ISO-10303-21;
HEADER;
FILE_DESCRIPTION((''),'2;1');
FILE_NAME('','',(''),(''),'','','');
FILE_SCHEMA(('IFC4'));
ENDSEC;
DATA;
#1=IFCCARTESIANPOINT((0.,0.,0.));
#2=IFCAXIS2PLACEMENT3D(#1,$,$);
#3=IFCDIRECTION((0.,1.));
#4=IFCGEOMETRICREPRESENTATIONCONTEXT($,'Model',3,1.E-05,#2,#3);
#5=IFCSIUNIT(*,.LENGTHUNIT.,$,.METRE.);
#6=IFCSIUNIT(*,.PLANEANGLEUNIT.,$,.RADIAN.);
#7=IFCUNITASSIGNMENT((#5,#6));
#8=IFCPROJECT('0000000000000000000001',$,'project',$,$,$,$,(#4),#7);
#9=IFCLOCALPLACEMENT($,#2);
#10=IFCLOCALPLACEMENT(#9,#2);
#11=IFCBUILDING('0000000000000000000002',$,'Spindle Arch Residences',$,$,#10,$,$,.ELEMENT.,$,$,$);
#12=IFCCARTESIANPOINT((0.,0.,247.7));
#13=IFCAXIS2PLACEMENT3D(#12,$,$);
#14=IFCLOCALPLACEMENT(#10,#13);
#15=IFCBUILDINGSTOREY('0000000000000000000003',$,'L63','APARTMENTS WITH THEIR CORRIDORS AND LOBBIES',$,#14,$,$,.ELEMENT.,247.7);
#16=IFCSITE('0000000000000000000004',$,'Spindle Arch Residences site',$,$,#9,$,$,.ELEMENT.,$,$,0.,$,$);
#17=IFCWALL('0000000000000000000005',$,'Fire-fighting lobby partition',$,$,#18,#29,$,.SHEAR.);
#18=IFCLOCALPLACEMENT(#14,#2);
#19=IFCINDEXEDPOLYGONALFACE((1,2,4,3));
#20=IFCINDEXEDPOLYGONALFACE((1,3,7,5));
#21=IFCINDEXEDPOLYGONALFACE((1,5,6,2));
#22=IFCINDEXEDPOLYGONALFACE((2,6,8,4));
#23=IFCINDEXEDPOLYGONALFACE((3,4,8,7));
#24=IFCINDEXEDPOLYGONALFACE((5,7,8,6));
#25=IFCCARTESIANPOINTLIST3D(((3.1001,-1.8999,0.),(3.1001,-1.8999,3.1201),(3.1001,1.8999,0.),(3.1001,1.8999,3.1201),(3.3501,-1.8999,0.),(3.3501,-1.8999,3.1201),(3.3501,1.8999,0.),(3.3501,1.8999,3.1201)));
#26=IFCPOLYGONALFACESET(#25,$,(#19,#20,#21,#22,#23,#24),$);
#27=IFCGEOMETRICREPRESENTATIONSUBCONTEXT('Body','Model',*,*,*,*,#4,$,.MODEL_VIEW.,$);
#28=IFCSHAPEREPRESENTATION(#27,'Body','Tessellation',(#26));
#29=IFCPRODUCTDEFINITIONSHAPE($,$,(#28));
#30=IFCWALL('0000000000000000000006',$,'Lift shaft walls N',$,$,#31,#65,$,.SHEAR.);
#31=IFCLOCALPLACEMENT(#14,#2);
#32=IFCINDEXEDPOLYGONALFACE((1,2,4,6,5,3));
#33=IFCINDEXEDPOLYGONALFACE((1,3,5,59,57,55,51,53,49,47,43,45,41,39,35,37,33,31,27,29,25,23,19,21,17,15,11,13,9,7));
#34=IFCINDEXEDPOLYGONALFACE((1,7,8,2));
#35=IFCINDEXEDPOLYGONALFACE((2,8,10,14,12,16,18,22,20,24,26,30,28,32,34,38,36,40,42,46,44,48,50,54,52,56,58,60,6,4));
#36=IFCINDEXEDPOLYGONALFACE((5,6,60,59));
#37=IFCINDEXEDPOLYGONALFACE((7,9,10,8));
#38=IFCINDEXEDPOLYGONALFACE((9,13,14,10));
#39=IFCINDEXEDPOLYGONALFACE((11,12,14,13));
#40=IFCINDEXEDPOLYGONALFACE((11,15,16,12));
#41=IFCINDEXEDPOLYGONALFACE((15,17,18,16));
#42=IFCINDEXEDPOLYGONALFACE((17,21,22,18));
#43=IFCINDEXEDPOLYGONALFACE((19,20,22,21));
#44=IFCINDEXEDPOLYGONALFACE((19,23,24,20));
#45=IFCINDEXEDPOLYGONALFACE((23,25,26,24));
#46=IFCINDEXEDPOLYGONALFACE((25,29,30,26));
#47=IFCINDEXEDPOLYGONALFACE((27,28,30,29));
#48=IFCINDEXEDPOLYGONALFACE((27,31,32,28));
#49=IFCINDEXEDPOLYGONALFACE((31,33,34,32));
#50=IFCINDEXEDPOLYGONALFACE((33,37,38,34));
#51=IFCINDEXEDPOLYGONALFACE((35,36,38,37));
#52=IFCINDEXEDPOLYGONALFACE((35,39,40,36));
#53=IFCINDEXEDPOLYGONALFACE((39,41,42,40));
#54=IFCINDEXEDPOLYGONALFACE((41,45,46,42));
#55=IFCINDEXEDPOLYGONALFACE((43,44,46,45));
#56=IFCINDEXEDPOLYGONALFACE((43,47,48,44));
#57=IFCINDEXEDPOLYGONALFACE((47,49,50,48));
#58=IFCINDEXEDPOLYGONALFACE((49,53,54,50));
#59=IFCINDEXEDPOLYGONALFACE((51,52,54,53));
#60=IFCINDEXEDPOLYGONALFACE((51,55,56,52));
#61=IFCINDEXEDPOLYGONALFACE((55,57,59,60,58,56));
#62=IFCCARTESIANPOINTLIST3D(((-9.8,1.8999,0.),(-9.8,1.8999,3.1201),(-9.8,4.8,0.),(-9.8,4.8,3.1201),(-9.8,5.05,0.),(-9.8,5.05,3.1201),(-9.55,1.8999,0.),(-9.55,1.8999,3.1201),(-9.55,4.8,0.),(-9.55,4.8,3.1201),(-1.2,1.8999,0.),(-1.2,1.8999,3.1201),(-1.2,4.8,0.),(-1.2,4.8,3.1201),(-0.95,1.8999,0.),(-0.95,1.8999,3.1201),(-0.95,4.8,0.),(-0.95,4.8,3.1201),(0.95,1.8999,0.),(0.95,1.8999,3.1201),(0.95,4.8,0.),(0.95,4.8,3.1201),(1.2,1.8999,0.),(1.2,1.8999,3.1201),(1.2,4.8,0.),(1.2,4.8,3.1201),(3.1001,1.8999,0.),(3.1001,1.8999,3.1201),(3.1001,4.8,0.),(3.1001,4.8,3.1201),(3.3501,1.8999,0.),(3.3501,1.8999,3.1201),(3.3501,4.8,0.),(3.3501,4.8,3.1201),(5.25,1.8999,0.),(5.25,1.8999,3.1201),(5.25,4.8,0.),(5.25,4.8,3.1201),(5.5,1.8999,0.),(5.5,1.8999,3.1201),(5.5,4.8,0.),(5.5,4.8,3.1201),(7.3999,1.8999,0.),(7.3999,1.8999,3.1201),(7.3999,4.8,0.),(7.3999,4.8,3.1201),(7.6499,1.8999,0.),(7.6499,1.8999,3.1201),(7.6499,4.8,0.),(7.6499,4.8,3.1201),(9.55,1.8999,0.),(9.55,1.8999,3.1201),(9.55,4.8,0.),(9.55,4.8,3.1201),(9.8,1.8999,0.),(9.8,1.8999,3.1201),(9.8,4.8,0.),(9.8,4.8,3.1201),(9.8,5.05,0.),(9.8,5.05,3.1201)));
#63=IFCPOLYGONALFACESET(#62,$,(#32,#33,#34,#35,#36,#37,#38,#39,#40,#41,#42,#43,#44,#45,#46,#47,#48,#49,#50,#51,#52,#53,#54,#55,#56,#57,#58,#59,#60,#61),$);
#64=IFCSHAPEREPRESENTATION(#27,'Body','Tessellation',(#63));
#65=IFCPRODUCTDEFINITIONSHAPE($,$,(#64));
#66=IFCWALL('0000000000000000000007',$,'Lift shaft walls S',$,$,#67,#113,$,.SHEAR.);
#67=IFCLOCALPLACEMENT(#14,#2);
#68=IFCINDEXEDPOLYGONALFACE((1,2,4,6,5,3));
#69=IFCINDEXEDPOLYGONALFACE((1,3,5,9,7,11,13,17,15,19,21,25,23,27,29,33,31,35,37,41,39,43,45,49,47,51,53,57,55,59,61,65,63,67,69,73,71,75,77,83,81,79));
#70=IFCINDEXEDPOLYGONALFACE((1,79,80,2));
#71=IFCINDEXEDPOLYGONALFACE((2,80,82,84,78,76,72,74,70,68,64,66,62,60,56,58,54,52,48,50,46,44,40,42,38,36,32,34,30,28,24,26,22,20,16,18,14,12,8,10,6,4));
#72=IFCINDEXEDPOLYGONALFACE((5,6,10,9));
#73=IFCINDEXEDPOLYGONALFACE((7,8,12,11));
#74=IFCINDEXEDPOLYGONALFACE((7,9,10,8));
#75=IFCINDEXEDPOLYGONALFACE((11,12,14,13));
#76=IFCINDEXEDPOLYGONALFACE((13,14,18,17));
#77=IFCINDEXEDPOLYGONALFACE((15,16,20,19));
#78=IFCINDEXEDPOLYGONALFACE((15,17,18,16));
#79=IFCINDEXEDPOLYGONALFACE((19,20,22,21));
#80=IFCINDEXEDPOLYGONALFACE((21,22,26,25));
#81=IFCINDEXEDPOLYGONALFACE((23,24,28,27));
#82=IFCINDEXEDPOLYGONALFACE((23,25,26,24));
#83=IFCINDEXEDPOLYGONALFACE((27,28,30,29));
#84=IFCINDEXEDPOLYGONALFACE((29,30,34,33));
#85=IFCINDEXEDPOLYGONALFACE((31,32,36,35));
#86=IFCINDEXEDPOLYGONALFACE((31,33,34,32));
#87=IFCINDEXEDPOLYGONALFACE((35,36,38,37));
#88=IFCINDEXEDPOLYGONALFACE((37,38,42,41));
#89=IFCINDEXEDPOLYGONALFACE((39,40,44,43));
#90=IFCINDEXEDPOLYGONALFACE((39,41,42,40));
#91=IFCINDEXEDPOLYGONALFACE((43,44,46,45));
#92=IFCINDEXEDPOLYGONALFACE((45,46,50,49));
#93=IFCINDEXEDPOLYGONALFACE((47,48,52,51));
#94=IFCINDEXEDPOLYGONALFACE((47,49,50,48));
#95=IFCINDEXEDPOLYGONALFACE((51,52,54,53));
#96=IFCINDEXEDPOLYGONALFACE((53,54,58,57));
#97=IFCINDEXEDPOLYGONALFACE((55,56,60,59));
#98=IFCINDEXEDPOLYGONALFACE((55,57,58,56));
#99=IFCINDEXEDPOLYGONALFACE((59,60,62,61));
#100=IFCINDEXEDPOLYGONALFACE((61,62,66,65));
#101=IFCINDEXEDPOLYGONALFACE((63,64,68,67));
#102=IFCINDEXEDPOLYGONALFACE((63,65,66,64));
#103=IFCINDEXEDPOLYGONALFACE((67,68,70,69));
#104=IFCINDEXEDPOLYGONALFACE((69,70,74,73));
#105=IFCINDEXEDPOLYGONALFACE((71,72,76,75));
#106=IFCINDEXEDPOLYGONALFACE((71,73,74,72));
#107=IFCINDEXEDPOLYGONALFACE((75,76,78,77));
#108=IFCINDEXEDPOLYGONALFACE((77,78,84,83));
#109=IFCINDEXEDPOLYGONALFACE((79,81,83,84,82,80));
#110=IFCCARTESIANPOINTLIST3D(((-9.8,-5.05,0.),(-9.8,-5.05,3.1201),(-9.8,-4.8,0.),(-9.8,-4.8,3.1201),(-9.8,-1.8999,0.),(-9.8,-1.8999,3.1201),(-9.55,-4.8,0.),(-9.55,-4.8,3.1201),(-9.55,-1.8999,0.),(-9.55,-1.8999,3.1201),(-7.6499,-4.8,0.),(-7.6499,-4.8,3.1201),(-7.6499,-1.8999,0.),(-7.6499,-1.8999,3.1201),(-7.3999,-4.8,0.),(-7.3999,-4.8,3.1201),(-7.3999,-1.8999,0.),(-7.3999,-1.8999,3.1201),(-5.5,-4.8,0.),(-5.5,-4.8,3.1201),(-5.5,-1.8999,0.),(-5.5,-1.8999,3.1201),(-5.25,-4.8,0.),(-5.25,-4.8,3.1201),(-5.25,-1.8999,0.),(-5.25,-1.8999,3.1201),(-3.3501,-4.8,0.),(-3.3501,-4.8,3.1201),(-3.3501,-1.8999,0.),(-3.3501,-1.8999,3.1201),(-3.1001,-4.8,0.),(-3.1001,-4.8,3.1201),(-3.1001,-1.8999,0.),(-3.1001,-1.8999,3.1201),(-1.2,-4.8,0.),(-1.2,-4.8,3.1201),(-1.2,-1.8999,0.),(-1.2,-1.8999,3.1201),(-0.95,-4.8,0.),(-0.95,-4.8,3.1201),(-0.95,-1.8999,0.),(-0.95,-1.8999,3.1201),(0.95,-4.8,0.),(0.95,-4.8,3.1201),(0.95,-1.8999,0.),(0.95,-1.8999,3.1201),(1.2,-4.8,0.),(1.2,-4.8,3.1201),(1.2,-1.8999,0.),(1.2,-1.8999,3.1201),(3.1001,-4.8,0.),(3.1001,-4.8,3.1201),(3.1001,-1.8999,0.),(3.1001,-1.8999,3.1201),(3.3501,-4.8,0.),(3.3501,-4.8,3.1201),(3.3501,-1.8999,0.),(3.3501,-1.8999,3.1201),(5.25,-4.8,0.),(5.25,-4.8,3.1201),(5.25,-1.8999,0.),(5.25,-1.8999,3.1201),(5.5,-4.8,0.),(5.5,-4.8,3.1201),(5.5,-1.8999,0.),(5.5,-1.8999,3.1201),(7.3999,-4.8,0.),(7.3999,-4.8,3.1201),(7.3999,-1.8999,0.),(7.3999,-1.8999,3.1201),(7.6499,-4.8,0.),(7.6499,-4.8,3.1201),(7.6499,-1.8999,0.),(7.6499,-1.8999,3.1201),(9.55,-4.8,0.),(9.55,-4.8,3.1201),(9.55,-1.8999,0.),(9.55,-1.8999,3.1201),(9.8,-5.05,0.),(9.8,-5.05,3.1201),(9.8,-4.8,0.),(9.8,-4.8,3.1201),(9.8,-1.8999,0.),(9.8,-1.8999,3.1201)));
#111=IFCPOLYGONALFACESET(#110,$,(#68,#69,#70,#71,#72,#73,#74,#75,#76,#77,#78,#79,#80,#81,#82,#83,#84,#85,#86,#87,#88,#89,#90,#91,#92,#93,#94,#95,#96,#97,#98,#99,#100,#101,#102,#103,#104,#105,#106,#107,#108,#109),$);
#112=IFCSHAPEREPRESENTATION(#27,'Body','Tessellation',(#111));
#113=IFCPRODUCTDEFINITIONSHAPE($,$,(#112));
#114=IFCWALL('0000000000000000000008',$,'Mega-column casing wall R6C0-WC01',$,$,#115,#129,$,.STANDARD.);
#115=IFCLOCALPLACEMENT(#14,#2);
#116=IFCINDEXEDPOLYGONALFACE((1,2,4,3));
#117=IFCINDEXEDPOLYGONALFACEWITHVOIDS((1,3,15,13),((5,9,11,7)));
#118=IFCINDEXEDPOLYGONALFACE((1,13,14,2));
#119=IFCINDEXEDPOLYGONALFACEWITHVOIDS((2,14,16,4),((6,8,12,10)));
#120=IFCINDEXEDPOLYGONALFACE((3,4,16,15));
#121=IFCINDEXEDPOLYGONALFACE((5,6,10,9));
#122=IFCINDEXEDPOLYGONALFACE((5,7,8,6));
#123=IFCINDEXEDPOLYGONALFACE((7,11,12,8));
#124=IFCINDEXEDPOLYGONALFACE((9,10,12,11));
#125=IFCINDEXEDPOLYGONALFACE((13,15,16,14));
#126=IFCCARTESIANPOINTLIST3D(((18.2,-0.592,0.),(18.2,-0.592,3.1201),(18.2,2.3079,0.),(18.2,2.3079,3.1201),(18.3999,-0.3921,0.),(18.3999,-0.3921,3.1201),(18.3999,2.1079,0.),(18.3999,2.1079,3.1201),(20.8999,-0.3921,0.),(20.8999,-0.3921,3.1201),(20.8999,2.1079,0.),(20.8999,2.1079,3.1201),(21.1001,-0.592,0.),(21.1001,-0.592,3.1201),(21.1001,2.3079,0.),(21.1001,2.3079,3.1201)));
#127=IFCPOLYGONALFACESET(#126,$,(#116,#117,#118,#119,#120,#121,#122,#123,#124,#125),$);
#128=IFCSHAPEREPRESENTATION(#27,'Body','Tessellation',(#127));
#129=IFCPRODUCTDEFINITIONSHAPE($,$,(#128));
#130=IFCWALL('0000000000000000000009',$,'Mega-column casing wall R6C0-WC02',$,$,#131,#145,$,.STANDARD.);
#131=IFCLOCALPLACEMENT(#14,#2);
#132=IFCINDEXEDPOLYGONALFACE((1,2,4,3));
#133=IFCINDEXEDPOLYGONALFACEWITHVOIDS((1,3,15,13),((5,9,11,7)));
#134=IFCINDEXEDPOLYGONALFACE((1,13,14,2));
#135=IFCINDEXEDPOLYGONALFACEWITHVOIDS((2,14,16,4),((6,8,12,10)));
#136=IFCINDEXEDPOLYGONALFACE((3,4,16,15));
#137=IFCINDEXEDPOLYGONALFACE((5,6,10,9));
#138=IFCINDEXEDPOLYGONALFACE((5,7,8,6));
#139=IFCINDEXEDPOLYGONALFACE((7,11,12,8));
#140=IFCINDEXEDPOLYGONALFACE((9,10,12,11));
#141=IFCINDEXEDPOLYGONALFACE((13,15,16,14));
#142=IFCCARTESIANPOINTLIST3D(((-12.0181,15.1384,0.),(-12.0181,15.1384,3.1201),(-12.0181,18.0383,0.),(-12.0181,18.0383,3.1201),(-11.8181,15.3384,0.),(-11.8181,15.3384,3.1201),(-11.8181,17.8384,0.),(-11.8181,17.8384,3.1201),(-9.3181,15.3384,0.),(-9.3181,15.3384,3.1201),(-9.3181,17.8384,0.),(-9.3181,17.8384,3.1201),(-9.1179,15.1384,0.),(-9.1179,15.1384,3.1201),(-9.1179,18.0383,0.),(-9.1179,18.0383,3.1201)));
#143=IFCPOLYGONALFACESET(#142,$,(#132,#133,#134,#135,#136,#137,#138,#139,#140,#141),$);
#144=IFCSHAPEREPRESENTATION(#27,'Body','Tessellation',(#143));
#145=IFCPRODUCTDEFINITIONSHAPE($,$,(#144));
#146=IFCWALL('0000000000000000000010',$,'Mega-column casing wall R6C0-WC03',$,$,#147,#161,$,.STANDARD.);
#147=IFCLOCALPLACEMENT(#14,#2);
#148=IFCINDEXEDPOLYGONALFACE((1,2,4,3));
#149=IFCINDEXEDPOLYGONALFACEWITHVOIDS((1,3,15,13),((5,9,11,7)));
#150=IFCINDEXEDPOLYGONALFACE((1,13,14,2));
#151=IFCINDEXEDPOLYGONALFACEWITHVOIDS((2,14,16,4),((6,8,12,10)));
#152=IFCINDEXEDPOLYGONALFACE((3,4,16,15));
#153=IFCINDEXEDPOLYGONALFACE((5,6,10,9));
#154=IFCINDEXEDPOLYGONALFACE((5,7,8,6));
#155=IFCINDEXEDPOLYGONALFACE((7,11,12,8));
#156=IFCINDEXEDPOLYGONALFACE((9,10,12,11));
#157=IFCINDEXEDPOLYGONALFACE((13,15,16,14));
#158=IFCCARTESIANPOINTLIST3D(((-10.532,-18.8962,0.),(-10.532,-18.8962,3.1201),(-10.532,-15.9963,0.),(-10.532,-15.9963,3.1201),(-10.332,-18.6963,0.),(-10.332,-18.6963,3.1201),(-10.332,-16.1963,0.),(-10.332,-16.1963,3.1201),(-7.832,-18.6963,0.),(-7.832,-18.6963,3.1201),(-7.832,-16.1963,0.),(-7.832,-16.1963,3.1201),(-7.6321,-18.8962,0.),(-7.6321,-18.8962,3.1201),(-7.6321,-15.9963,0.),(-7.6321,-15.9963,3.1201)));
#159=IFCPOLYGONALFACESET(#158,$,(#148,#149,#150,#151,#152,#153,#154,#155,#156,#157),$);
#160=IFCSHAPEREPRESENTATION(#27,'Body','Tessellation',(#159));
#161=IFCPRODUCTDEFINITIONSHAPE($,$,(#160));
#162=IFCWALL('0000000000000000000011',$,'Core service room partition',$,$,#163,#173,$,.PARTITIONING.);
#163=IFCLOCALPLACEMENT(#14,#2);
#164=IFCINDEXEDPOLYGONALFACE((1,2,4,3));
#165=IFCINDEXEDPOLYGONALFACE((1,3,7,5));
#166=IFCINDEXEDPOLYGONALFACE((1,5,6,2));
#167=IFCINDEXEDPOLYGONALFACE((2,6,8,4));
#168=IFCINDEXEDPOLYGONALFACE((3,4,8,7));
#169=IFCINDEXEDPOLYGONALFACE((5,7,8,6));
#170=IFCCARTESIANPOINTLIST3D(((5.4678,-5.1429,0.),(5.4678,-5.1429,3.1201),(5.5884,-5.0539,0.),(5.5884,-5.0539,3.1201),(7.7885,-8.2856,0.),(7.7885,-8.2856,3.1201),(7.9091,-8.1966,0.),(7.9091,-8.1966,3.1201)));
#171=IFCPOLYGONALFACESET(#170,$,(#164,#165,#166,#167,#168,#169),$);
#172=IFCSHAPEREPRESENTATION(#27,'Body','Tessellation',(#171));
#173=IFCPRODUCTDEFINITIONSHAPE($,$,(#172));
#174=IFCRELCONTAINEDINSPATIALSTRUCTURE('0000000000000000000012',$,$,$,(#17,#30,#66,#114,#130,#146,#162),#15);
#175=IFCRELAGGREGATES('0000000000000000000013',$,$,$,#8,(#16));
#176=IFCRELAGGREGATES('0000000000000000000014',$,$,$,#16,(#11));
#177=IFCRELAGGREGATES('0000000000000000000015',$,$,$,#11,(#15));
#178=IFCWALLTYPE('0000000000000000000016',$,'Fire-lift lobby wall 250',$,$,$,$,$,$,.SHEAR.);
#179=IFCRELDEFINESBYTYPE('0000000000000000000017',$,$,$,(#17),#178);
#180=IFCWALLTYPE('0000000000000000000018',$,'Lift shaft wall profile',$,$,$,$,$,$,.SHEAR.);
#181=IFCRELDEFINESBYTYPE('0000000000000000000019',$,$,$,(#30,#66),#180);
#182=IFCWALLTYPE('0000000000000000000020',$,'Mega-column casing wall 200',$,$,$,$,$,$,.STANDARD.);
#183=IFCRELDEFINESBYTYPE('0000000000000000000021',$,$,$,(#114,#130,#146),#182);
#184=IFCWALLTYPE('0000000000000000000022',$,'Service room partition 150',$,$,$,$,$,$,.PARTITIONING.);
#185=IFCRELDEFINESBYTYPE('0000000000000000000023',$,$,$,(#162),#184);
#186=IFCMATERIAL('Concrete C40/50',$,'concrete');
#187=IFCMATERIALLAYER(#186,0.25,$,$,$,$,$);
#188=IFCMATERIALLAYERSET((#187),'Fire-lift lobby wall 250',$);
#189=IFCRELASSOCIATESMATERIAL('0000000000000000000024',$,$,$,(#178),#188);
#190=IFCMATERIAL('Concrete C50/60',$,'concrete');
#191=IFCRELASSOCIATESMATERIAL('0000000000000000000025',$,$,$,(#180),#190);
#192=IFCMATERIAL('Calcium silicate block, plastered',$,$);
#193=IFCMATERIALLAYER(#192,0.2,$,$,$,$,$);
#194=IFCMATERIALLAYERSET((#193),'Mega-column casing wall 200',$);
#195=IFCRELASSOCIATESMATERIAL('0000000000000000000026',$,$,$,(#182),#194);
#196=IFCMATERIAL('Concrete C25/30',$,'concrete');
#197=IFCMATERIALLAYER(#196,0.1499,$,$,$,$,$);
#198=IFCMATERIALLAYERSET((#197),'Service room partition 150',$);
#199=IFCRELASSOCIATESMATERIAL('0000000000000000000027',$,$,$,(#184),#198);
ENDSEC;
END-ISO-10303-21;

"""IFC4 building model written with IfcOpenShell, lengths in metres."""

from ifc_helpers import new_model, si_unit, direction, frame, frame_2d, origin, place, context, subcontext, project, spatial, polyline, rectangle, outline, extrude, material, layer, layer_set, type_object, element, save


model = new_model("IFC4")

# Units and contexts
model_context = context("Model", 3, precision=1e-05, world=origin(), true_north=direction((0.0, 1.0)))
body_context = subcontext(model_context, "Body", "Model", "MODEL_VIEW")
ifc_project = project(units=[si_unit("LENGTHUNIT", "METRE"), si_unit("PLANEANGLEUNIT", "RADIAN")], contexts=[model_context])

# Site, building, storey
site_placement = place(None, origin())
site = spatial("IfcSite", under=ifc_project, at=site_placement, Name="Spindle Arch Residences site", CompositionType="ELEMENT", RefElevation=0.0)
building_placement = place(site_placement, origin())
building = spatial("IfcBuilding", under=site, at=building_placement, Name="Spindle Arch Residences", CompositionType="ELEMENT")
storey_placement = place(building_placement, frame((0.0, 0.0, 247.7)))
storey = spatial("IfcBuildingStorey", under=building, at=storey_placement, Name="L63", Description="APARTMENTS WITH THEIR CORRIDORS AND LOBBIES", CompositionType="ELEMENT", Elevation=247.7)

# Wall
ifc_material_1 = material(Name="Concrete C40/50", Category="concrete")
ifc_layer_1 = layer(ifc_material_1, 0.25)
ifc_layer_set_1 = layer_set([ifc_layer_1], Name="Fire-lift lobby wall 250")
wall_type_1 = type_object("IfcWallType", Name="Fire-lift lobby wall 250", PredefinedType="SHEAR", material=ifc_layer_set_1)
wall_1_placement = place(storey_placement, frame((3.2251, -1.8999, 0.0), z_axis=(0.0, 0.0, 1.0), x_axis=(0.0, 1.0, 0.0)))
element("IfcWall", 1, at=wall_1_placement, inside=storey, type_object=wall_type_1, Name="Fire-fighting lobby partition", PredefinedType="SHEAR", context=body_context, shape_type="SweptSolid", body=[
    extrude(rectangle(XDim=3.7998, YDim=0.25, at=frame_2d((1.8999, 0.0))), origin(), (0.0, 0.0, 1.0), 3.1201),
])

# Walls
ifc_material_2 = material(Name="Concrete C50/60", Category="concrete")
wall_type_2 = type_object("IfcWallType", Name="Lift shaft wall profile", PredefinedType="SHEAR", material=ifc_material_2)
wall_2_placement = place(storey_placement, origin())
element("IfcWall", 2, at=wall_2_placement, inside=storey, type_object=wall_type_2, Name="Lift shaft walls N", PredefinedType="SHEAR", context=body_context, shape_type="SweptSolid", body=[
    extrude(outline(polyline([(-9.55, 4.8), (-1.2, 4.8), (-1.2, 1.8999), (-0.95, 1.8999), (-0.95, 4.8), (0.95, 4.8), (0.95, 1.8999), (1.2, 1.8999), (1.2, 4.8), (3.1001, 4.8), (3.1001, 1.8999), (3.3501, 1.8999), (3.3501, 4.8), (5.25, 4.8), (5.25, 1.8999), (5.5, 1.8999), (5.5, 4.8), (7.3999, 4.8), (7.3999, 1.8999), (7.6499, 1.8999), (7.6499, 4.8), (9.55, 4.8), (9.55, 1.8999), (9.8, 1.8999), (9.8, 4.8), (9.8, 5.05), (-9.8, 5.05), (-9.8, 4.8), (-9.8, 1.8999), (-9.55, 1.8999), (-9.55, 4.8)])), origin(), (0.0, 0.0, 1.0), 3.1201),
])
wall_3_placement = place(storey_placement, origin())
element("IfcWall", 3, at=wall_3_placement, inside=storey, type_object=wall_type_2, Name="Lift shaft walls S", PredefinedType="SHEAR", context=body_context, shape_type="SweptSolid", body=[
    extrude(outline(polyline([(9.8, -5.05), (9.8, -4.8), (9.8, -1.8999), (9.55, -1.8999), (9.55, -4.8), (7.6499, -4.8), (7.6499, -1.8999), (7.3999, -1.8999), (7.3999, -4.8), (5.5, -4.8), (5.5, -1.8999), (5.25, -1.8999), (5.25, -4.8), (3.3501, -4.8), (3.3501, -1.8999), (3.1001, -1.8999), (3.1001, -4.8), (1.2, -4.8), (1.2, -1.8999), (0.95, -1.8999), (0.95, -4.8), (-0.95, -4.8), (-0.95, -1.8999), (-1.2, -1.8999), (-1.2, -4.8), (-3.1001, -4.8), (-3.1001, -1.8999), (-3.3501, -1.8999), (-3.3501, -4.8), (-5.25, -4.8), (-5.25, -1.8999), (-5.5, -1.8999), (-5.5, -4.8), (-7.3999, -4.8), (-7.3999, -1.8999), (-7.6499, -1.8999), (-7.6499, -4.8), (-9.55, -4.8), (-9.55, -1.8999), (-9.8, -1.8999), (-9.8, -4.8), (-9.8, -5.05), (9.8, -5.05)])), origin(), (0.0, 0.0, 1.0), 3.1201),
])
ifc_material_3 = material(Name="Calcium silicate block, plastered")
ifc_layer_2 = layer(ifc_material_3, 0.2)
ifc_layer_set_2 = layer_set([ifc_layer_2], Name="Mega-column casing wall 200")
wall_type_3 = type_object("IfcWallType", Name="Mega-column casing wall 200", PredefinedType="STANDARD", material=ifc_layer_set_2)
wall_4_placement = place(storey_placement, origin())
element("IfcWall", 4, at=wall_4_placement, inside=storey, type_object=wall_type_3, Name="Mega-column casing wall R6C0-WC01", PredefinedType="STANDARD", context=body_context, shape_type="SweptSolid", body=[
    extrude(outline(polyline([(21.1001, 2.3079), (21.1001, -0.592), (18.2, -0.592), (18.2, 2.3079), (21.1001, 2.3079)]), holes=[polyline([(18.3999, -0.3921), (20.8999, -0.3921), (20.8999, 2.1079), (18.3999, 2.1079), (18.3999, -0.3921)])]), origin(), (0.0, 0.0, 1.0), 3.1201),
])
wall_5_placement = place(storey_placement, origin())
element("IfcWall", 5, at=wall_5_placement, inside=storey, type_object=wall_type_3, Name="Mega-column casing wall R6C0-WC02", PredefinedType="STANDARD", context=body_context, shape_type="SweptSolid", body=[
    extrude(outline(polyline([(-9.1179, 18.0383), (-9.1179, 15.1384), (-12.0181, 15.1384), (-12.0181, 18.0383), (-9.1179, 18.0383)]), holes=[polyline([(-11.8181, 15.3384), (-9.3181, 15.3384), (-9.3181, 17.8384), (-11.8181, 17.8384), (-11.8181, 15.3384)])]), origin(), (0.0, 0.0, 1.0), 3.1201),
])
wall_6_placement = place(storey_placement, origin())
element("IfcWall", 6, at=wall_6_placement, inside=storey, type_object=wall_type_3, Name="Mega-column casing wall R6C0-WC03", PredefinedType="STANDARD", context=body_context, shape_type="SweptSolid", body=[
    extrude(outline(polyline([(-7.6321, -15.9963), (-7.6321, -18.8962), (-10.532, -18.8962), (-10.532, -15.9963), (-7.6321, -15.9963)]), holes=[polyline([(-10.332, -18.6963), (-7.832, -18.6963), (-7.832, -16.1963), (-10.332, -16.1963), (-10.332, -18.6963)])]), origin(), (0.0, 0.0, 1.0), 3.1201),
])
ifc_material_4 = material(Name="Concrete C25/30", Category="concrete")
ifc_layer_3 = layer(ifc_material_4, 0.1499)
ifc_layer_set_3 = layer_set([ifc_layer_3], Name="Service room partition 150")
wall_type_4 = type_object("IfcWallType", Name="Service room partition 150", PredefinedType="PARTITIONING", material=ifc_layer_set_3)
wall_7_placement = place(storey_placement, frame((5.5281, -5.0984, 0.0), z_axis=(0.0, 0.0, 1.0), x_axis=(0.594034, -0.80444, 0.0)))
element("IfcWall", 7, at=wall_7_placement, inside=storey, type_object=wall_type_4, Name="Core service room partition", PredefinedType="PARTITIONING", context=body_context, shape_type="SweptSolid", body=[
    extrude(rectangle(XDim=3.9067, YDim=0.1499, at=frame_2d((1.9534, 0.0))), origin(), (0.0, 0.0, 1.0), 3.1201),
])

save(model, "model.ifc")
